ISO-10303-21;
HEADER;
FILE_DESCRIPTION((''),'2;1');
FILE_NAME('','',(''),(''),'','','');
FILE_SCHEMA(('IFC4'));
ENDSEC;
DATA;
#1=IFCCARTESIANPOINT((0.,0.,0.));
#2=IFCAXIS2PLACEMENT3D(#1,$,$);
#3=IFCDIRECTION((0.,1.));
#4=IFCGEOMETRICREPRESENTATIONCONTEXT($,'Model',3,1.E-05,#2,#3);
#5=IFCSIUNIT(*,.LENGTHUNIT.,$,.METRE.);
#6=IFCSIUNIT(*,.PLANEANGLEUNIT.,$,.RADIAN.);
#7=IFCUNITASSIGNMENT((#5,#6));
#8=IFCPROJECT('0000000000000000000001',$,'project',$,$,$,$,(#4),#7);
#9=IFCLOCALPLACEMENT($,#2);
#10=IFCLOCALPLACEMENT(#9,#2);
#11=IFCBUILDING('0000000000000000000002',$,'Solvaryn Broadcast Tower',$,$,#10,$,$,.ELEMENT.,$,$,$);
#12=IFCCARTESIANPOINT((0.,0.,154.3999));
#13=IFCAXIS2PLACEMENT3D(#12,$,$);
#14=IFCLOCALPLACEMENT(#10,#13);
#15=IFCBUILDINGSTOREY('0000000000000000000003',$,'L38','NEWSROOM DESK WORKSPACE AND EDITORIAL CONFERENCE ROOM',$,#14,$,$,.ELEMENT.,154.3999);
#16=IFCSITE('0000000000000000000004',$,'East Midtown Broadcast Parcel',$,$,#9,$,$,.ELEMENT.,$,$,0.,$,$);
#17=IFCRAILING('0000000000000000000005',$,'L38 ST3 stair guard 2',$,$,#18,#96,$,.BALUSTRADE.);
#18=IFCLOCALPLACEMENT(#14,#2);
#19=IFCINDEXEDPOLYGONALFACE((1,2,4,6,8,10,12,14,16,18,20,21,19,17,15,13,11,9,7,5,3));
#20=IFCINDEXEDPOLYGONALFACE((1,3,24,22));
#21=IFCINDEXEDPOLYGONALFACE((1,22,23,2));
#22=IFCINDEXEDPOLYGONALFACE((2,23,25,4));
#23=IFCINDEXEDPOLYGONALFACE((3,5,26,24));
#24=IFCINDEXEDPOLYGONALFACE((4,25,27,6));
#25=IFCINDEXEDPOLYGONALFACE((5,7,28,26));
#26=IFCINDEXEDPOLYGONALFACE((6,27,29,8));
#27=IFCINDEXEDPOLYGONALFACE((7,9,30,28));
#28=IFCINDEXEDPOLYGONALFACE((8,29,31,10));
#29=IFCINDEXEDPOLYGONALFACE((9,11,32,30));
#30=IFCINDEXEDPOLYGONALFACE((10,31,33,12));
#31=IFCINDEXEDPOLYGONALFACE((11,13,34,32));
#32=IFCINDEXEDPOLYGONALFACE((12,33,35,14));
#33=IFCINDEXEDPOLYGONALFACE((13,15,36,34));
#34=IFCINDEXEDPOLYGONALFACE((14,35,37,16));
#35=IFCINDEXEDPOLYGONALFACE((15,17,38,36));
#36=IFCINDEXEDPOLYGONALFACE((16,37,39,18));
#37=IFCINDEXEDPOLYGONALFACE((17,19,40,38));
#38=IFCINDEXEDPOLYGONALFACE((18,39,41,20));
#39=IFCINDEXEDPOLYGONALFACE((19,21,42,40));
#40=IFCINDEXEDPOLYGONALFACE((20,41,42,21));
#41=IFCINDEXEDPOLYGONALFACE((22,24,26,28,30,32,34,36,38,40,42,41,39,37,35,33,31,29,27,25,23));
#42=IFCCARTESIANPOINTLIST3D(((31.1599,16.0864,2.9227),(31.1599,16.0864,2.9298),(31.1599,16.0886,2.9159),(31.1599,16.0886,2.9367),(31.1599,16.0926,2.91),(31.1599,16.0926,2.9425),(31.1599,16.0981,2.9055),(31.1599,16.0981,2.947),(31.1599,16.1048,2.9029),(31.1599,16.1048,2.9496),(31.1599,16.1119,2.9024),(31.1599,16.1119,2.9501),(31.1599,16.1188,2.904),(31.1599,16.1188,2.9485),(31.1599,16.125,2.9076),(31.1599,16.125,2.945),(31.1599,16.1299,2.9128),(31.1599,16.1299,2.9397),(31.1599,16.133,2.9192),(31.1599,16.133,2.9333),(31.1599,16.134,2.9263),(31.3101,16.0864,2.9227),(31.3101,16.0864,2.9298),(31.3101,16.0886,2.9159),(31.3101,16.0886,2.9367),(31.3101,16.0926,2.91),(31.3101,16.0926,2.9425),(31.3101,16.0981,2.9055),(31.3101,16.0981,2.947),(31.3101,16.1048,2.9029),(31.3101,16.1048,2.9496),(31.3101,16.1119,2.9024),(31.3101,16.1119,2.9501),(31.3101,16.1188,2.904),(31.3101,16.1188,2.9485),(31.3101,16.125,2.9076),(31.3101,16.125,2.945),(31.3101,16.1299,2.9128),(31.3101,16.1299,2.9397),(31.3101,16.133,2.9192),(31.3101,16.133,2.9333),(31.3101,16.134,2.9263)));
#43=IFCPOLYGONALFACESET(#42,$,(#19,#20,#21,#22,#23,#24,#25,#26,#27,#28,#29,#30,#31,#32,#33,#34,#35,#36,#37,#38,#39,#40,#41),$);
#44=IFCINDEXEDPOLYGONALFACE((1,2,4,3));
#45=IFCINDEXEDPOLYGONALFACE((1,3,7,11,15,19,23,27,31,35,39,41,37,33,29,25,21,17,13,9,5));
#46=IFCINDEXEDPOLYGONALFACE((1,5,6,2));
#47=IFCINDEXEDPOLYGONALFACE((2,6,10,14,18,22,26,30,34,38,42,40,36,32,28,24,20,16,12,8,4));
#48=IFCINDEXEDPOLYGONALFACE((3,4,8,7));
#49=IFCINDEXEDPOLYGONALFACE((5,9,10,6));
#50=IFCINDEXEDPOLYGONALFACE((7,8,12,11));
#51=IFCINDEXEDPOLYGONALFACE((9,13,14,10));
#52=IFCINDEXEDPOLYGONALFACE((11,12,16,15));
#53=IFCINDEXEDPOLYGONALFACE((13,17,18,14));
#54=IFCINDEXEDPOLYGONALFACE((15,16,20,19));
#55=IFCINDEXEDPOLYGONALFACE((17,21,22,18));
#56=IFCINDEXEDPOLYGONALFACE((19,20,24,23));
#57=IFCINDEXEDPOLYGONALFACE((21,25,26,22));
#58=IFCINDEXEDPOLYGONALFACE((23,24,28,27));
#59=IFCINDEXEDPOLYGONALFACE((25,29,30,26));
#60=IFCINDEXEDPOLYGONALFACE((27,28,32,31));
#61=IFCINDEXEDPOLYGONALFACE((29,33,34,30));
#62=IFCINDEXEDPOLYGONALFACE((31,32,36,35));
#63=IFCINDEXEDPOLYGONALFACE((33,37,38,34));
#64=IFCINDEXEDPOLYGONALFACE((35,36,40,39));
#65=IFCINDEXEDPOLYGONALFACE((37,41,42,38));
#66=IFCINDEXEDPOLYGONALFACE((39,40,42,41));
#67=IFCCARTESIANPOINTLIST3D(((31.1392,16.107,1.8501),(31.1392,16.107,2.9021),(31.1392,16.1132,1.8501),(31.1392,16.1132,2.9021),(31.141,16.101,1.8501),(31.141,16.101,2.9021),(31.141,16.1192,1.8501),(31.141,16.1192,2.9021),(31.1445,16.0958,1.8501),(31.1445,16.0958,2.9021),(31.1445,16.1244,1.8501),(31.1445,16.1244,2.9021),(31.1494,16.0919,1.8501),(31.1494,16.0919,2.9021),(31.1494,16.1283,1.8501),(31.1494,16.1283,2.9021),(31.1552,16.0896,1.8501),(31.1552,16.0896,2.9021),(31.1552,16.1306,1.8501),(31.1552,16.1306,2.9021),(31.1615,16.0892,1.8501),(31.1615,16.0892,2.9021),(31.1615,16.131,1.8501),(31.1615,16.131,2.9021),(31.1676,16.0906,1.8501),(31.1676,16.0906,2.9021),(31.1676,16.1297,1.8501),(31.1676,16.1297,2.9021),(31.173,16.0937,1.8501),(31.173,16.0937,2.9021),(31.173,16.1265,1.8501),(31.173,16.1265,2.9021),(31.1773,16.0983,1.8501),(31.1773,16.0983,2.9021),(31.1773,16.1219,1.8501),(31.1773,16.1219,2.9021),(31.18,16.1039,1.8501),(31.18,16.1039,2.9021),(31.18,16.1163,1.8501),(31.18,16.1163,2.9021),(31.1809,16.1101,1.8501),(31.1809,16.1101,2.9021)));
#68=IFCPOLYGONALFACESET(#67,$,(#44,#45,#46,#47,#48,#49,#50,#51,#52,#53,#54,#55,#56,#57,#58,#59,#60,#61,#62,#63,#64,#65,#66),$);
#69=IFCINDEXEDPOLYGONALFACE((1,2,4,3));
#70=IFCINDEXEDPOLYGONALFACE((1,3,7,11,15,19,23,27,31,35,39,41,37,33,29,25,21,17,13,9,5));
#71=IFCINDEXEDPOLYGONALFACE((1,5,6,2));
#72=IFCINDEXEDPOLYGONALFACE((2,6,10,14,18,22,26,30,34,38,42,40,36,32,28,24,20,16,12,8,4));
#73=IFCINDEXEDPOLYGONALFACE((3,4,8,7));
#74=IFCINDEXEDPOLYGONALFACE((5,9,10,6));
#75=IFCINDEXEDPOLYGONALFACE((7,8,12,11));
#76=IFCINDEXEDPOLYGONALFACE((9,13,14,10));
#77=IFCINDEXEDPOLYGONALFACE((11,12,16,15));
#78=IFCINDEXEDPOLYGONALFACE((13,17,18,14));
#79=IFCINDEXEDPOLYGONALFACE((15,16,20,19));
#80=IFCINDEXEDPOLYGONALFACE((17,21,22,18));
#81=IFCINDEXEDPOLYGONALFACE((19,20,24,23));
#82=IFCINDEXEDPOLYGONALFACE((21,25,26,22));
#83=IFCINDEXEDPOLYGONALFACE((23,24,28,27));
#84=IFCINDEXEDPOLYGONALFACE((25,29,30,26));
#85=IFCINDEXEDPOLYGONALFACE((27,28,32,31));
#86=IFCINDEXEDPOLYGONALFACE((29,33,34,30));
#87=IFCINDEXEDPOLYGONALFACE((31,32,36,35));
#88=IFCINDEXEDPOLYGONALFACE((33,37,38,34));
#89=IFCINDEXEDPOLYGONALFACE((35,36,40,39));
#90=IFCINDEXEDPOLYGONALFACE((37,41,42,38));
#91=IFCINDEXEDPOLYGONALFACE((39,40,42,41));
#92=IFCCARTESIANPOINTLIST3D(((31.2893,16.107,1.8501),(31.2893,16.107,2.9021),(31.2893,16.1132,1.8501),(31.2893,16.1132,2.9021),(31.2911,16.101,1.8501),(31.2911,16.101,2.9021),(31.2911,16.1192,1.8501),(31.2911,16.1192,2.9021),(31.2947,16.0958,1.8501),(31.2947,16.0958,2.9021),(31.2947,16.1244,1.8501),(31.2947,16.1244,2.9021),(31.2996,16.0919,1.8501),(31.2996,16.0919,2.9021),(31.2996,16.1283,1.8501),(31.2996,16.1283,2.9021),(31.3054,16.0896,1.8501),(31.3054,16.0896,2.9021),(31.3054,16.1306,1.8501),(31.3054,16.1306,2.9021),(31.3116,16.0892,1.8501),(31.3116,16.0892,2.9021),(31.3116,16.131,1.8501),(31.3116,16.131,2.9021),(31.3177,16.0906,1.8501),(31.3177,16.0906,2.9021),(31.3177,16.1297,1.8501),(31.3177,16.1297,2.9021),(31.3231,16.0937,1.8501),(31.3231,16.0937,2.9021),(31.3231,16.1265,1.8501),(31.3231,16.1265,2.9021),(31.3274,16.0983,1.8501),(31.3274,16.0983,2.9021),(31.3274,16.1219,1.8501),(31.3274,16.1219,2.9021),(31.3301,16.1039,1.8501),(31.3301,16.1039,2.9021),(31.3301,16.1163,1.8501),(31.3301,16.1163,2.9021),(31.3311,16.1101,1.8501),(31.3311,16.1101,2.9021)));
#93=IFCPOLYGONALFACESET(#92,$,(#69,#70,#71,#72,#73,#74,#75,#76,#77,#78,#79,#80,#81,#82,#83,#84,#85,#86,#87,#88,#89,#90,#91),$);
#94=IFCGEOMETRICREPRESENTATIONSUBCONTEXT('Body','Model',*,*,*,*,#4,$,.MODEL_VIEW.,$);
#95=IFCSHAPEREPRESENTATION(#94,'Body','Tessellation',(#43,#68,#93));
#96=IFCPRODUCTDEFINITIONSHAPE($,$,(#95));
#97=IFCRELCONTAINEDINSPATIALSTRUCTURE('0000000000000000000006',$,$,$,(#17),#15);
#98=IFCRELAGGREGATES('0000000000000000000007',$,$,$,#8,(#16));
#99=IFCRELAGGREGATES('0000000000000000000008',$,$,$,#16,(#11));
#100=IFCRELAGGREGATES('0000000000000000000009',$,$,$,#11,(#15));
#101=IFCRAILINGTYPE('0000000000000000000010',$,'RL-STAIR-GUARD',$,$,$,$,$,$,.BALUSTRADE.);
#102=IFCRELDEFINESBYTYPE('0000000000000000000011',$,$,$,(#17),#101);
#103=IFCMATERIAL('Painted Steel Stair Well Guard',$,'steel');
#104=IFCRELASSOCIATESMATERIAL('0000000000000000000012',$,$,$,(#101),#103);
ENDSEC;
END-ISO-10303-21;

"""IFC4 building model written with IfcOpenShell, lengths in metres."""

from ifc_helpers import new_model, si_unit, direction, frame, origin, origin_2d, place, context, subcontext, project, spatial, circle, extrude, material, type_object, element, save


model = new_model("IFC4")

# Units and contexts
model_context = context("Model", 3, precision=1e-05, world=origin(), true_north=direction((0.0, 1.0)))
body_context = subcontext(model_context, "Body", "Model", "MODEL_VIEW")
ifc_project = project(units=[si_unit("LENGTHUNIT", "METRE"), si_unit("PLANEANGLEUNIT", "RADIAN")], contexts=[model_context])

# Site, building, storey
site_placement = place(None, origin())
site = spatial("IfcSite", under=ifc_project, at=site_placement, Name="East Midtown Broadcast Parcel", CompositionType="ELEMENT", RefElevation=0.0)
building_placement = place(site_placement, origin())
building = spatial("IfcBuilding", under=site, at=building_placement, Name="Solvaryn Broadcast Tower", CompositionType="ELEMENT")
storey_placement = place(building_placement, frame((0.0, 0.0, 154.3999)))
storey = spatial("IfcBuildingStorey", under=building, at=storey_placement, Name="L38", Description="NEWSROOM DESK WORKSPACE AND EDITORIAL CONFERENCE ROOM", CompositionType="ELEMENT", Elevation=154.3999)

# Railing
ifc_material_1 = material(Name="Painted Steel Stair Well Guard", Category="steel")
railing_type_1 = type_object("IfcRailingType", Name="RL-STAIR-GUARD", PredefinedType="BALUSTRADE", material=ifc_material_1)
railing_1_placement = place(storey_placement, frame((31.1599, 16.1101, 1.8501)))
element("IfcRailing", 1, at=railing_1_placement, inside=storey, type_object=railing_type_1, Name="L38 ST3 stair guard 2", PredefinedType="BALUSTRADE", context=body_context, shape_type="SweptSolid", body=[
    extrude(circle(Radius=0.0239, at=origin_2d()), frame((0.0, 0.0, 1.0762), z_axis=(1.0, 0.0, 0.0), x_axis=(0.0, 1.0, 0.0)), (0.0, 0.0, 1.0), 0.1501),
    extrude(circle(Radius=0.021, at=origin_2d()), origin(), (0.0, 0.0, 1.0), 1.052),
    extrude(circle(Radius=0.021, at=origin_2d()), frame((0.1501, 0.0, 0.0)), (0.0, 0.0, 1.0), 1.052),
])

save(model, "model.ifc")
